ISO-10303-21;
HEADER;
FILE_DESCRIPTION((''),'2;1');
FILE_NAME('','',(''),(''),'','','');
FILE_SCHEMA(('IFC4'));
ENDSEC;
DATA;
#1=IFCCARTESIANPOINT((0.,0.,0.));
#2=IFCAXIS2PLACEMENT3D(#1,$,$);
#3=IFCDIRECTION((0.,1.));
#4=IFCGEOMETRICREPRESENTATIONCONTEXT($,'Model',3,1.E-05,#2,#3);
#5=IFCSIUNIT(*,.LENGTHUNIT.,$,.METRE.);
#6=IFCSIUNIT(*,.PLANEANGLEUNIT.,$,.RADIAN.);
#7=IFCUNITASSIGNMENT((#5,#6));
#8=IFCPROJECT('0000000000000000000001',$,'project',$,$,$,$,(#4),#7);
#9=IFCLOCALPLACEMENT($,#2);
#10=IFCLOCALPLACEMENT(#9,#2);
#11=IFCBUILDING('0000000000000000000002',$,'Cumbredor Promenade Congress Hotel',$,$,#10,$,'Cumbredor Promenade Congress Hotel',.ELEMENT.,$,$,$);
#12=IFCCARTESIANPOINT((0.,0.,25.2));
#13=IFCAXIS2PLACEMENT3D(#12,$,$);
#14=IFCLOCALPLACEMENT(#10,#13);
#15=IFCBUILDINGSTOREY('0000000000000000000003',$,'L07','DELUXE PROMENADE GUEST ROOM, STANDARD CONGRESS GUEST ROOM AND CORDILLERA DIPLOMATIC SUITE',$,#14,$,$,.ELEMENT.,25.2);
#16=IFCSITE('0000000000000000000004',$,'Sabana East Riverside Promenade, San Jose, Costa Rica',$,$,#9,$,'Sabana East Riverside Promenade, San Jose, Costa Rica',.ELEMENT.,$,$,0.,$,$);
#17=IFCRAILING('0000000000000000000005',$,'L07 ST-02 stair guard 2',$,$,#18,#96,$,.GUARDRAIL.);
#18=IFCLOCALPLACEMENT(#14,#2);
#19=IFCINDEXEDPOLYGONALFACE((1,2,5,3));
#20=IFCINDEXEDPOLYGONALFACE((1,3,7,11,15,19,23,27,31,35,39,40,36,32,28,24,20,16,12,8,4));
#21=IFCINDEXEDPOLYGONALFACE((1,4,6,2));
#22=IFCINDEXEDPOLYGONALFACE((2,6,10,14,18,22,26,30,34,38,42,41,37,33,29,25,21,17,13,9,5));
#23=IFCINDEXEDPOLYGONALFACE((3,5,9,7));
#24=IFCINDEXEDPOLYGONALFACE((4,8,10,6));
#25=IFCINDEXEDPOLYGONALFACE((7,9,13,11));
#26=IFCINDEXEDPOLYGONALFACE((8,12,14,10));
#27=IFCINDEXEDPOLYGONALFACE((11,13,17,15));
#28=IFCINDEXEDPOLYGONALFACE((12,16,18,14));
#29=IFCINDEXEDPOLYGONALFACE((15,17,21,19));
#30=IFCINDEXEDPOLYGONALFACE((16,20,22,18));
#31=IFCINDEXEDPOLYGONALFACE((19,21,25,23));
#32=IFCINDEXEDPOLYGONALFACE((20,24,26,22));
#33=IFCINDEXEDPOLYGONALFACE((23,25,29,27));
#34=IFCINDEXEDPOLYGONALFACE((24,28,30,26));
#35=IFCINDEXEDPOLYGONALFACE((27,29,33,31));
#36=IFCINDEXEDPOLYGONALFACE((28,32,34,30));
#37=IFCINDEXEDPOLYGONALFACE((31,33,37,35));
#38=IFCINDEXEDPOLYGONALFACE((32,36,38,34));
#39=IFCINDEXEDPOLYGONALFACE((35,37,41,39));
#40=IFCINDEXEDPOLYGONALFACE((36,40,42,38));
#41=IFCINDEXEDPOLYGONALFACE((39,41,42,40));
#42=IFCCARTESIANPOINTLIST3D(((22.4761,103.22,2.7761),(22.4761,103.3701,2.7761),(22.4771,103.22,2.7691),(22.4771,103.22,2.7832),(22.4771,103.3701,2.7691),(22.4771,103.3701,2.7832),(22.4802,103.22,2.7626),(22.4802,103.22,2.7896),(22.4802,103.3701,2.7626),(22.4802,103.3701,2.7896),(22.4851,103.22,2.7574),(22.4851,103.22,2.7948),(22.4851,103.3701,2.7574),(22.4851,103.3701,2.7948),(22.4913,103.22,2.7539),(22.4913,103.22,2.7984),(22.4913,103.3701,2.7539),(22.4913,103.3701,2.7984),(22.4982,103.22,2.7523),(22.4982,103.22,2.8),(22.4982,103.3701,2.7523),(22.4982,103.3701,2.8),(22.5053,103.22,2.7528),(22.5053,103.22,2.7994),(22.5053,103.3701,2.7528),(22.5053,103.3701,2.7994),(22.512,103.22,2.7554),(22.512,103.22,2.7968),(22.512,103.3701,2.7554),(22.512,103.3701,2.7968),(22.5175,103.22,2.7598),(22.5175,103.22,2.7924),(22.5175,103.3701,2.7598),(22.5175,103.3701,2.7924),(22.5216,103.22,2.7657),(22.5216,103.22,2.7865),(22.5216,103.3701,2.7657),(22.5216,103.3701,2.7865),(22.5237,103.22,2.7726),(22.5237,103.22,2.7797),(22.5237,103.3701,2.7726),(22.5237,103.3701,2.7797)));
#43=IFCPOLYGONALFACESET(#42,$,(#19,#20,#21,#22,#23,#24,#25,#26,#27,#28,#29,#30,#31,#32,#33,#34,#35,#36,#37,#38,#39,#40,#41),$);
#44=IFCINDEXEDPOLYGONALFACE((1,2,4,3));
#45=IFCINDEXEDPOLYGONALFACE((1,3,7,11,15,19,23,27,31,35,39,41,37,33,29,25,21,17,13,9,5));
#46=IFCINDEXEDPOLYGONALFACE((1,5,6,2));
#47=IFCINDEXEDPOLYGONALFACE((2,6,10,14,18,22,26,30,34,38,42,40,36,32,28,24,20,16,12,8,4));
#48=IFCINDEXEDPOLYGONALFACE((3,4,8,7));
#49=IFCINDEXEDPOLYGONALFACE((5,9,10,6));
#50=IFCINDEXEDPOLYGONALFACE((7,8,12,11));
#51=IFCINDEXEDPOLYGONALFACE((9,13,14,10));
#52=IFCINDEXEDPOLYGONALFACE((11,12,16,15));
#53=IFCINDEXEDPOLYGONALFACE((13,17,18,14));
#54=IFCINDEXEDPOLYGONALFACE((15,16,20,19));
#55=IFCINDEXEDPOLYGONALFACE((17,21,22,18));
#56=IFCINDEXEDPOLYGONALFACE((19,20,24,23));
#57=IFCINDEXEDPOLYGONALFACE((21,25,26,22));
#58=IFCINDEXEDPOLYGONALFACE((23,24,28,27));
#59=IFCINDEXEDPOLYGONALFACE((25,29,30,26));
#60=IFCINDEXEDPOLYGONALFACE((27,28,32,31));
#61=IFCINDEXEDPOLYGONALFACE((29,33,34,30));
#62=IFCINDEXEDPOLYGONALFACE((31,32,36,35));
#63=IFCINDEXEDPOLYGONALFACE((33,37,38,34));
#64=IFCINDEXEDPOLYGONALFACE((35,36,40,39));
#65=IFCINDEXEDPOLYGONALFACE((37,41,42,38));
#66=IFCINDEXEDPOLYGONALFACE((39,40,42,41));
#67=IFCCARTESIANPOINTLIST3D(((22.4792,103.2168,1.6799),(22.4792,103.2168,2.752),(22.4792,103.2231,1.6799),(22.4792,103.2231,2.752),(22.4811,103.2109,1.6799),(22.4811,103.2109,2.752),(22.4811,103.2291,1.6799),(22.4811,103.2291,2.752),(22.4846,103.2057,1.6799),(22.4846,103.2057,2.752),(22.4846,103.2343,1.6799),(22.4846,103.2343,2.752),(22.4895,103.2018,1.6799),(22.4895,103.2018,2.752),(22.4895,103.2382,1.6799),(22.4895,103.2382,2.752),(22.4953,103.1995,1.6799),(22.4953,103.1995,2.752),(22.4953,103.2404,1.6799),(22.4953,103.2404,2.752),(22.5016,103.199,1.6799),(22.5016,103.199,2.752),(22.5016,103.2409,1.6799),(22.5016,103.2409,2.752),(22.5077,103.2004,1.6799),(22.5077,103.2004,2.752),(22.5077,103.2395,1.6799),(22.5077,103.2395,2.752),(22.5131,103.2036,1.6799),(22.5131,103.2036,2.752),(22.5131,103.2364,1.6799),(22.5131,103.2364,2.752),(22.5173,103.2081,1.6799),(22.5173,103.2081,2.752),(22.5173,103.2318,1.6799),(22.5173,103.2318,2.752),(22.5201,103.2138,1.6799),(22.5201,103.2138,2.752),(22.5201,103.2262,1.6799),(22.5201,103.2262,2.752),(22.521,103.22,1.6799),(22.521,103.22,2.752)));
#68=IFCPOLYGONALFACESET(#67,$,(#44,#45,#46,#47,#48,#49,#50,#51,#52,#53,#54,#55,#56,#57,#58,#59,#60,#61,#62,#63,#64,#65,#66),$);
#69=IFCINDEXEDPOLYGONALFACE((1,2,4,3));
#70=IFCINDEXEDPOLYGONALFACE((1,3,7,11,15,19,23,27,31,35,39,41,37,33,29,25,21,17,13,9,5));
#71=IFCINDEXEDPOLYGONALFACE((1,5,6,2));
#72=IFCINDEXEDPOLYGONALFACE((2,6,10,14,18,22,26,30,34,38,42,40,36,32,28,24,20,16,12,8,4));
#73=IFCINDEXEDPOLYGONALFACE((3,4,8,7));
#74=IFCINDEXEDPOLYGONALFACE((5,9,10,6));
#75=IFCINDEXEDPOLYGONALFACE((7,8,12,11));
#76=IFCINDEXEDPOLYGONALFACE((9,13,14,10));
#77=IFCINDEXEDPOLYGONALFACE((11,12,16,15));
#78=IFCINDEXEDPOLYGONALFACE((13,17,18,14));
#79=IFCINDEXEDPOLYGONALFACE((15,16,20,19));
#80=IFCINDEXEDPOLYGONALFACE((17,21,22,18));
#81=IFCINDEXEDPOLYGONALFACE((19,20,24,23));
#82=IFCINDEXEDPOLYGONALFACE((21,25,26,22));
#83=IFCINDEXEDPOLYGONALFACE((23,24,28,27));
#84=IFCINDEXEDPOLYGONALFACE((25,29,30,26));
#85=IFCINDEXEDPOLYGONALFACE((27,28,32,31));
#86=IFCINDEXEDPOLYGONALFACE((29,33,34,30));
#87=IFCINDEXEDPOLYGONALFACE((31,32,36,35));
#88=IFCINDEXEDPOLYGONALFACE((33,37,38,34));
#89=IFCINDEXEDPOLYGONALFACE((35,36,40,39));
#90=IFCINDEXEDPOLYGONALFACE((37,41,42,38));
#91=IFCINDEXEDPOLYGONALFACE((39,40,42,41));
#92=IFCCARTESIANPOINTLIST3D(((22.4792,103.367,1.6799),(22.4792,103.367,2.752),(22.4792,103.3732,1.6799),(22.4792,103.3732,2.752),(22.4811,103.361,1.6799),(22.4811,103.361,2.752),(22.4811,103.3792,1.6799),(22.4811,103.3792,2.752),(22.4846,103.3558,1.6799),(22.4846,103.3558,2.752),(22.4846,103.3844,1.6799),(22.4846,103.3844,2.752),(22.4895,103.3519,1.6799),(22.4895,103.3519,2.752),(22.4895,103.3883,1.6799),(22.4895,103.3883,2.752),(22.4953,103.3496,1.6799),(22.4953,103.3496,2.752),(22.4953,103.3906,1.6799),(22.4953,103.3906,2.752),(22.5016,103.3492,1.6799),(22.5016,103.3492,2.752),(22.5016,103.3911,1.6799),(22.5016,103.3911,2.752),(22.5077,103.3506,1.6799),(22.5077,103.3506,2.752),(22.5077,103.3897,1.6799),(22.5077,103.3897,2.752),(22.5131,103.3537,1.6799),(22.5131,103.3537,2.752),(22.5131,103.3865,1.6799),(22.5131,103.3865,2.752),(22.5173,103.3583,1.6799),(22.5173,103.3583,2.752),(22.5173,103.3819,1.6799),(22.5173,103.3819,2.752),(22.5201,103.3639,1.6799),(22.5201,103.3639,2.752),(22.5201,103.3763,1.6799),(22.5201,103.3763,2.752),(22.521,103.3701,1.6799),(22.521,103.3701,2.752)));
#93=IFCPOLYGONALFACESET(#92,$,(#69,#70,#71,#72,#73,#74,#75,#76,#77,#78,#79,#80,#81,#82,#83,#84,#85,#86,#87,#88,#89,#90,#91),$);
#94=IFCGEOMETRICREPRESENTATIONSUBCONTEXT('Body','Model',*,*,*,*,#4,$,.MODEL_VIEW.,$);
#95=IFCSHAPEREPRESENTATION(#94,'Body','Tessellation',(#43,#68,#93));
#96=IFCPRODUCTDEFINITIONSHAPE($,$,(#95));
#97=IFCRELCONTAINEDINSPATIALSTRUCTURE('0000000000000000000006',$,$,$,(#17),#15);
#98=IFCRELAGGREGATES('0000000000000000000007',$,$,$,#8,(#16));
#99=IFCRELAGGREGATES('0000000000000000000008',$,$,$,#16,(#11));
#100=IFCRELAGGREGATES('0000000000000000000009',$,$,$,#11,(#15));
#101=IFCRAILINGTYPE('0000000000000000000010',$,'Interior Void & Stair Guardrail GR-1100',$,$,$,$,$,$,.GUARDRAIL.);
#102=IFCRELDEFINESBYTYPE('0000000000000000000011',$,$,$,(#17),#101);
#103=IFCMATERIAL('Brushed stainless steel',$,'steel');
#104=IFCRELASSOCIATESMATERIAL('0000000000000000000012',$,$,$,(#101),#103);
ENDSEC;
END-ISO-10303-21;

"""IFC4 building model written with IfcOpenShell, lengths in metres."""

from ifc_helpers import new_model, si_unit, direction, frame, origin, origin_2d, place, context, subcontext, project, spatial, circle, extrude, material, type_object, element, save


model = new_model("IFC4")

# Units and contexts
model_context = context("Model", 3, precision=1e-05, world=origin(), true_north=direction((0.0, 1.0)))
body_context = subcontext(model_context, "Body", "Model", "MODEL_VIEW")
ifc_project = project(units=[si_unit("LENGTHUNIT", "METRE"), si_unit("PLANEANGLEUNIT", "RADIAN")], contexts=[model_context])

# Site, building, storey
site_placement = place(None, origin())
site = spatial("IfcSite", under=ifc_project, at=site_placement, Name="Sabana East Riverside Promenade, San Jose, Costa Rica", LongName="Sabana East Riverside Promenade, San Jose, Costa Rica", CompositionType="ELEMENT", RefElevation=0.0)
building_placement = place(site_placement, origin())
building = spatial("IfcBuilding", under=site, at=building_placement, Name="Cumbredor Promenade Congress Hotel", LongName="Cumbredor Promenade Congress Hotel", CompositionType="ELEMENT")
storey_placement = place(building_placement, frame((0.0, 0.0, 25.2)))
storey = spatial("IfcBuildingStorey", under=building, at=storey_placement, Name="L07", Description="DELUXE PROMENADE GUEST ROOM, STANDARD CONGRESS GUEST ROOM AND CORDILLERA DIPLOMATIC SUITE", CompositionType="ELEMENT", Elevation=25.2)

# Railing
ifc_material_1 = material(Name="Brushed stainless steel", Category="steel")
railing_type_1 = type_object("IfcRailingType", Name="Interior Void & Stair Guardrail GR-1100", PredefinedType="GUARDRAIL", material=ifc_material_1)
railing_1_placement = place(storey_placement, frame((22.5, 103.22, 1.6799)))
element("IfcRailing", 1, at=railing_1_placement, inside=storey, type_object=railing_type_1, Name="L07 ST-02 stair guard 2", PredefinedType="GUARDRAIL", context=body_context, shape_type="SweptSolid", body=[
    extrude(circle(Radius=0.0239, at=origin_2d()), frame((0.0, 0.0, 1.0962), z_axis=(0.0, 1.0, 0.0), x_axis=(-1.0, 0.0, 0.0)), (0.0, 0.0, 1.0), 0.1501),
    extrude(circle(Radius=0.021, at=origin_2d()), origin(), (0.0, 0.0, 1.0), 1.072),
    extrude(circle(Radius=0.021, at=origin_2d()), frame((0.0, 0.1501, 0.0)), (0.0, 0.0, 1.0), 1.072),
])

save(model, "model.ifc")
